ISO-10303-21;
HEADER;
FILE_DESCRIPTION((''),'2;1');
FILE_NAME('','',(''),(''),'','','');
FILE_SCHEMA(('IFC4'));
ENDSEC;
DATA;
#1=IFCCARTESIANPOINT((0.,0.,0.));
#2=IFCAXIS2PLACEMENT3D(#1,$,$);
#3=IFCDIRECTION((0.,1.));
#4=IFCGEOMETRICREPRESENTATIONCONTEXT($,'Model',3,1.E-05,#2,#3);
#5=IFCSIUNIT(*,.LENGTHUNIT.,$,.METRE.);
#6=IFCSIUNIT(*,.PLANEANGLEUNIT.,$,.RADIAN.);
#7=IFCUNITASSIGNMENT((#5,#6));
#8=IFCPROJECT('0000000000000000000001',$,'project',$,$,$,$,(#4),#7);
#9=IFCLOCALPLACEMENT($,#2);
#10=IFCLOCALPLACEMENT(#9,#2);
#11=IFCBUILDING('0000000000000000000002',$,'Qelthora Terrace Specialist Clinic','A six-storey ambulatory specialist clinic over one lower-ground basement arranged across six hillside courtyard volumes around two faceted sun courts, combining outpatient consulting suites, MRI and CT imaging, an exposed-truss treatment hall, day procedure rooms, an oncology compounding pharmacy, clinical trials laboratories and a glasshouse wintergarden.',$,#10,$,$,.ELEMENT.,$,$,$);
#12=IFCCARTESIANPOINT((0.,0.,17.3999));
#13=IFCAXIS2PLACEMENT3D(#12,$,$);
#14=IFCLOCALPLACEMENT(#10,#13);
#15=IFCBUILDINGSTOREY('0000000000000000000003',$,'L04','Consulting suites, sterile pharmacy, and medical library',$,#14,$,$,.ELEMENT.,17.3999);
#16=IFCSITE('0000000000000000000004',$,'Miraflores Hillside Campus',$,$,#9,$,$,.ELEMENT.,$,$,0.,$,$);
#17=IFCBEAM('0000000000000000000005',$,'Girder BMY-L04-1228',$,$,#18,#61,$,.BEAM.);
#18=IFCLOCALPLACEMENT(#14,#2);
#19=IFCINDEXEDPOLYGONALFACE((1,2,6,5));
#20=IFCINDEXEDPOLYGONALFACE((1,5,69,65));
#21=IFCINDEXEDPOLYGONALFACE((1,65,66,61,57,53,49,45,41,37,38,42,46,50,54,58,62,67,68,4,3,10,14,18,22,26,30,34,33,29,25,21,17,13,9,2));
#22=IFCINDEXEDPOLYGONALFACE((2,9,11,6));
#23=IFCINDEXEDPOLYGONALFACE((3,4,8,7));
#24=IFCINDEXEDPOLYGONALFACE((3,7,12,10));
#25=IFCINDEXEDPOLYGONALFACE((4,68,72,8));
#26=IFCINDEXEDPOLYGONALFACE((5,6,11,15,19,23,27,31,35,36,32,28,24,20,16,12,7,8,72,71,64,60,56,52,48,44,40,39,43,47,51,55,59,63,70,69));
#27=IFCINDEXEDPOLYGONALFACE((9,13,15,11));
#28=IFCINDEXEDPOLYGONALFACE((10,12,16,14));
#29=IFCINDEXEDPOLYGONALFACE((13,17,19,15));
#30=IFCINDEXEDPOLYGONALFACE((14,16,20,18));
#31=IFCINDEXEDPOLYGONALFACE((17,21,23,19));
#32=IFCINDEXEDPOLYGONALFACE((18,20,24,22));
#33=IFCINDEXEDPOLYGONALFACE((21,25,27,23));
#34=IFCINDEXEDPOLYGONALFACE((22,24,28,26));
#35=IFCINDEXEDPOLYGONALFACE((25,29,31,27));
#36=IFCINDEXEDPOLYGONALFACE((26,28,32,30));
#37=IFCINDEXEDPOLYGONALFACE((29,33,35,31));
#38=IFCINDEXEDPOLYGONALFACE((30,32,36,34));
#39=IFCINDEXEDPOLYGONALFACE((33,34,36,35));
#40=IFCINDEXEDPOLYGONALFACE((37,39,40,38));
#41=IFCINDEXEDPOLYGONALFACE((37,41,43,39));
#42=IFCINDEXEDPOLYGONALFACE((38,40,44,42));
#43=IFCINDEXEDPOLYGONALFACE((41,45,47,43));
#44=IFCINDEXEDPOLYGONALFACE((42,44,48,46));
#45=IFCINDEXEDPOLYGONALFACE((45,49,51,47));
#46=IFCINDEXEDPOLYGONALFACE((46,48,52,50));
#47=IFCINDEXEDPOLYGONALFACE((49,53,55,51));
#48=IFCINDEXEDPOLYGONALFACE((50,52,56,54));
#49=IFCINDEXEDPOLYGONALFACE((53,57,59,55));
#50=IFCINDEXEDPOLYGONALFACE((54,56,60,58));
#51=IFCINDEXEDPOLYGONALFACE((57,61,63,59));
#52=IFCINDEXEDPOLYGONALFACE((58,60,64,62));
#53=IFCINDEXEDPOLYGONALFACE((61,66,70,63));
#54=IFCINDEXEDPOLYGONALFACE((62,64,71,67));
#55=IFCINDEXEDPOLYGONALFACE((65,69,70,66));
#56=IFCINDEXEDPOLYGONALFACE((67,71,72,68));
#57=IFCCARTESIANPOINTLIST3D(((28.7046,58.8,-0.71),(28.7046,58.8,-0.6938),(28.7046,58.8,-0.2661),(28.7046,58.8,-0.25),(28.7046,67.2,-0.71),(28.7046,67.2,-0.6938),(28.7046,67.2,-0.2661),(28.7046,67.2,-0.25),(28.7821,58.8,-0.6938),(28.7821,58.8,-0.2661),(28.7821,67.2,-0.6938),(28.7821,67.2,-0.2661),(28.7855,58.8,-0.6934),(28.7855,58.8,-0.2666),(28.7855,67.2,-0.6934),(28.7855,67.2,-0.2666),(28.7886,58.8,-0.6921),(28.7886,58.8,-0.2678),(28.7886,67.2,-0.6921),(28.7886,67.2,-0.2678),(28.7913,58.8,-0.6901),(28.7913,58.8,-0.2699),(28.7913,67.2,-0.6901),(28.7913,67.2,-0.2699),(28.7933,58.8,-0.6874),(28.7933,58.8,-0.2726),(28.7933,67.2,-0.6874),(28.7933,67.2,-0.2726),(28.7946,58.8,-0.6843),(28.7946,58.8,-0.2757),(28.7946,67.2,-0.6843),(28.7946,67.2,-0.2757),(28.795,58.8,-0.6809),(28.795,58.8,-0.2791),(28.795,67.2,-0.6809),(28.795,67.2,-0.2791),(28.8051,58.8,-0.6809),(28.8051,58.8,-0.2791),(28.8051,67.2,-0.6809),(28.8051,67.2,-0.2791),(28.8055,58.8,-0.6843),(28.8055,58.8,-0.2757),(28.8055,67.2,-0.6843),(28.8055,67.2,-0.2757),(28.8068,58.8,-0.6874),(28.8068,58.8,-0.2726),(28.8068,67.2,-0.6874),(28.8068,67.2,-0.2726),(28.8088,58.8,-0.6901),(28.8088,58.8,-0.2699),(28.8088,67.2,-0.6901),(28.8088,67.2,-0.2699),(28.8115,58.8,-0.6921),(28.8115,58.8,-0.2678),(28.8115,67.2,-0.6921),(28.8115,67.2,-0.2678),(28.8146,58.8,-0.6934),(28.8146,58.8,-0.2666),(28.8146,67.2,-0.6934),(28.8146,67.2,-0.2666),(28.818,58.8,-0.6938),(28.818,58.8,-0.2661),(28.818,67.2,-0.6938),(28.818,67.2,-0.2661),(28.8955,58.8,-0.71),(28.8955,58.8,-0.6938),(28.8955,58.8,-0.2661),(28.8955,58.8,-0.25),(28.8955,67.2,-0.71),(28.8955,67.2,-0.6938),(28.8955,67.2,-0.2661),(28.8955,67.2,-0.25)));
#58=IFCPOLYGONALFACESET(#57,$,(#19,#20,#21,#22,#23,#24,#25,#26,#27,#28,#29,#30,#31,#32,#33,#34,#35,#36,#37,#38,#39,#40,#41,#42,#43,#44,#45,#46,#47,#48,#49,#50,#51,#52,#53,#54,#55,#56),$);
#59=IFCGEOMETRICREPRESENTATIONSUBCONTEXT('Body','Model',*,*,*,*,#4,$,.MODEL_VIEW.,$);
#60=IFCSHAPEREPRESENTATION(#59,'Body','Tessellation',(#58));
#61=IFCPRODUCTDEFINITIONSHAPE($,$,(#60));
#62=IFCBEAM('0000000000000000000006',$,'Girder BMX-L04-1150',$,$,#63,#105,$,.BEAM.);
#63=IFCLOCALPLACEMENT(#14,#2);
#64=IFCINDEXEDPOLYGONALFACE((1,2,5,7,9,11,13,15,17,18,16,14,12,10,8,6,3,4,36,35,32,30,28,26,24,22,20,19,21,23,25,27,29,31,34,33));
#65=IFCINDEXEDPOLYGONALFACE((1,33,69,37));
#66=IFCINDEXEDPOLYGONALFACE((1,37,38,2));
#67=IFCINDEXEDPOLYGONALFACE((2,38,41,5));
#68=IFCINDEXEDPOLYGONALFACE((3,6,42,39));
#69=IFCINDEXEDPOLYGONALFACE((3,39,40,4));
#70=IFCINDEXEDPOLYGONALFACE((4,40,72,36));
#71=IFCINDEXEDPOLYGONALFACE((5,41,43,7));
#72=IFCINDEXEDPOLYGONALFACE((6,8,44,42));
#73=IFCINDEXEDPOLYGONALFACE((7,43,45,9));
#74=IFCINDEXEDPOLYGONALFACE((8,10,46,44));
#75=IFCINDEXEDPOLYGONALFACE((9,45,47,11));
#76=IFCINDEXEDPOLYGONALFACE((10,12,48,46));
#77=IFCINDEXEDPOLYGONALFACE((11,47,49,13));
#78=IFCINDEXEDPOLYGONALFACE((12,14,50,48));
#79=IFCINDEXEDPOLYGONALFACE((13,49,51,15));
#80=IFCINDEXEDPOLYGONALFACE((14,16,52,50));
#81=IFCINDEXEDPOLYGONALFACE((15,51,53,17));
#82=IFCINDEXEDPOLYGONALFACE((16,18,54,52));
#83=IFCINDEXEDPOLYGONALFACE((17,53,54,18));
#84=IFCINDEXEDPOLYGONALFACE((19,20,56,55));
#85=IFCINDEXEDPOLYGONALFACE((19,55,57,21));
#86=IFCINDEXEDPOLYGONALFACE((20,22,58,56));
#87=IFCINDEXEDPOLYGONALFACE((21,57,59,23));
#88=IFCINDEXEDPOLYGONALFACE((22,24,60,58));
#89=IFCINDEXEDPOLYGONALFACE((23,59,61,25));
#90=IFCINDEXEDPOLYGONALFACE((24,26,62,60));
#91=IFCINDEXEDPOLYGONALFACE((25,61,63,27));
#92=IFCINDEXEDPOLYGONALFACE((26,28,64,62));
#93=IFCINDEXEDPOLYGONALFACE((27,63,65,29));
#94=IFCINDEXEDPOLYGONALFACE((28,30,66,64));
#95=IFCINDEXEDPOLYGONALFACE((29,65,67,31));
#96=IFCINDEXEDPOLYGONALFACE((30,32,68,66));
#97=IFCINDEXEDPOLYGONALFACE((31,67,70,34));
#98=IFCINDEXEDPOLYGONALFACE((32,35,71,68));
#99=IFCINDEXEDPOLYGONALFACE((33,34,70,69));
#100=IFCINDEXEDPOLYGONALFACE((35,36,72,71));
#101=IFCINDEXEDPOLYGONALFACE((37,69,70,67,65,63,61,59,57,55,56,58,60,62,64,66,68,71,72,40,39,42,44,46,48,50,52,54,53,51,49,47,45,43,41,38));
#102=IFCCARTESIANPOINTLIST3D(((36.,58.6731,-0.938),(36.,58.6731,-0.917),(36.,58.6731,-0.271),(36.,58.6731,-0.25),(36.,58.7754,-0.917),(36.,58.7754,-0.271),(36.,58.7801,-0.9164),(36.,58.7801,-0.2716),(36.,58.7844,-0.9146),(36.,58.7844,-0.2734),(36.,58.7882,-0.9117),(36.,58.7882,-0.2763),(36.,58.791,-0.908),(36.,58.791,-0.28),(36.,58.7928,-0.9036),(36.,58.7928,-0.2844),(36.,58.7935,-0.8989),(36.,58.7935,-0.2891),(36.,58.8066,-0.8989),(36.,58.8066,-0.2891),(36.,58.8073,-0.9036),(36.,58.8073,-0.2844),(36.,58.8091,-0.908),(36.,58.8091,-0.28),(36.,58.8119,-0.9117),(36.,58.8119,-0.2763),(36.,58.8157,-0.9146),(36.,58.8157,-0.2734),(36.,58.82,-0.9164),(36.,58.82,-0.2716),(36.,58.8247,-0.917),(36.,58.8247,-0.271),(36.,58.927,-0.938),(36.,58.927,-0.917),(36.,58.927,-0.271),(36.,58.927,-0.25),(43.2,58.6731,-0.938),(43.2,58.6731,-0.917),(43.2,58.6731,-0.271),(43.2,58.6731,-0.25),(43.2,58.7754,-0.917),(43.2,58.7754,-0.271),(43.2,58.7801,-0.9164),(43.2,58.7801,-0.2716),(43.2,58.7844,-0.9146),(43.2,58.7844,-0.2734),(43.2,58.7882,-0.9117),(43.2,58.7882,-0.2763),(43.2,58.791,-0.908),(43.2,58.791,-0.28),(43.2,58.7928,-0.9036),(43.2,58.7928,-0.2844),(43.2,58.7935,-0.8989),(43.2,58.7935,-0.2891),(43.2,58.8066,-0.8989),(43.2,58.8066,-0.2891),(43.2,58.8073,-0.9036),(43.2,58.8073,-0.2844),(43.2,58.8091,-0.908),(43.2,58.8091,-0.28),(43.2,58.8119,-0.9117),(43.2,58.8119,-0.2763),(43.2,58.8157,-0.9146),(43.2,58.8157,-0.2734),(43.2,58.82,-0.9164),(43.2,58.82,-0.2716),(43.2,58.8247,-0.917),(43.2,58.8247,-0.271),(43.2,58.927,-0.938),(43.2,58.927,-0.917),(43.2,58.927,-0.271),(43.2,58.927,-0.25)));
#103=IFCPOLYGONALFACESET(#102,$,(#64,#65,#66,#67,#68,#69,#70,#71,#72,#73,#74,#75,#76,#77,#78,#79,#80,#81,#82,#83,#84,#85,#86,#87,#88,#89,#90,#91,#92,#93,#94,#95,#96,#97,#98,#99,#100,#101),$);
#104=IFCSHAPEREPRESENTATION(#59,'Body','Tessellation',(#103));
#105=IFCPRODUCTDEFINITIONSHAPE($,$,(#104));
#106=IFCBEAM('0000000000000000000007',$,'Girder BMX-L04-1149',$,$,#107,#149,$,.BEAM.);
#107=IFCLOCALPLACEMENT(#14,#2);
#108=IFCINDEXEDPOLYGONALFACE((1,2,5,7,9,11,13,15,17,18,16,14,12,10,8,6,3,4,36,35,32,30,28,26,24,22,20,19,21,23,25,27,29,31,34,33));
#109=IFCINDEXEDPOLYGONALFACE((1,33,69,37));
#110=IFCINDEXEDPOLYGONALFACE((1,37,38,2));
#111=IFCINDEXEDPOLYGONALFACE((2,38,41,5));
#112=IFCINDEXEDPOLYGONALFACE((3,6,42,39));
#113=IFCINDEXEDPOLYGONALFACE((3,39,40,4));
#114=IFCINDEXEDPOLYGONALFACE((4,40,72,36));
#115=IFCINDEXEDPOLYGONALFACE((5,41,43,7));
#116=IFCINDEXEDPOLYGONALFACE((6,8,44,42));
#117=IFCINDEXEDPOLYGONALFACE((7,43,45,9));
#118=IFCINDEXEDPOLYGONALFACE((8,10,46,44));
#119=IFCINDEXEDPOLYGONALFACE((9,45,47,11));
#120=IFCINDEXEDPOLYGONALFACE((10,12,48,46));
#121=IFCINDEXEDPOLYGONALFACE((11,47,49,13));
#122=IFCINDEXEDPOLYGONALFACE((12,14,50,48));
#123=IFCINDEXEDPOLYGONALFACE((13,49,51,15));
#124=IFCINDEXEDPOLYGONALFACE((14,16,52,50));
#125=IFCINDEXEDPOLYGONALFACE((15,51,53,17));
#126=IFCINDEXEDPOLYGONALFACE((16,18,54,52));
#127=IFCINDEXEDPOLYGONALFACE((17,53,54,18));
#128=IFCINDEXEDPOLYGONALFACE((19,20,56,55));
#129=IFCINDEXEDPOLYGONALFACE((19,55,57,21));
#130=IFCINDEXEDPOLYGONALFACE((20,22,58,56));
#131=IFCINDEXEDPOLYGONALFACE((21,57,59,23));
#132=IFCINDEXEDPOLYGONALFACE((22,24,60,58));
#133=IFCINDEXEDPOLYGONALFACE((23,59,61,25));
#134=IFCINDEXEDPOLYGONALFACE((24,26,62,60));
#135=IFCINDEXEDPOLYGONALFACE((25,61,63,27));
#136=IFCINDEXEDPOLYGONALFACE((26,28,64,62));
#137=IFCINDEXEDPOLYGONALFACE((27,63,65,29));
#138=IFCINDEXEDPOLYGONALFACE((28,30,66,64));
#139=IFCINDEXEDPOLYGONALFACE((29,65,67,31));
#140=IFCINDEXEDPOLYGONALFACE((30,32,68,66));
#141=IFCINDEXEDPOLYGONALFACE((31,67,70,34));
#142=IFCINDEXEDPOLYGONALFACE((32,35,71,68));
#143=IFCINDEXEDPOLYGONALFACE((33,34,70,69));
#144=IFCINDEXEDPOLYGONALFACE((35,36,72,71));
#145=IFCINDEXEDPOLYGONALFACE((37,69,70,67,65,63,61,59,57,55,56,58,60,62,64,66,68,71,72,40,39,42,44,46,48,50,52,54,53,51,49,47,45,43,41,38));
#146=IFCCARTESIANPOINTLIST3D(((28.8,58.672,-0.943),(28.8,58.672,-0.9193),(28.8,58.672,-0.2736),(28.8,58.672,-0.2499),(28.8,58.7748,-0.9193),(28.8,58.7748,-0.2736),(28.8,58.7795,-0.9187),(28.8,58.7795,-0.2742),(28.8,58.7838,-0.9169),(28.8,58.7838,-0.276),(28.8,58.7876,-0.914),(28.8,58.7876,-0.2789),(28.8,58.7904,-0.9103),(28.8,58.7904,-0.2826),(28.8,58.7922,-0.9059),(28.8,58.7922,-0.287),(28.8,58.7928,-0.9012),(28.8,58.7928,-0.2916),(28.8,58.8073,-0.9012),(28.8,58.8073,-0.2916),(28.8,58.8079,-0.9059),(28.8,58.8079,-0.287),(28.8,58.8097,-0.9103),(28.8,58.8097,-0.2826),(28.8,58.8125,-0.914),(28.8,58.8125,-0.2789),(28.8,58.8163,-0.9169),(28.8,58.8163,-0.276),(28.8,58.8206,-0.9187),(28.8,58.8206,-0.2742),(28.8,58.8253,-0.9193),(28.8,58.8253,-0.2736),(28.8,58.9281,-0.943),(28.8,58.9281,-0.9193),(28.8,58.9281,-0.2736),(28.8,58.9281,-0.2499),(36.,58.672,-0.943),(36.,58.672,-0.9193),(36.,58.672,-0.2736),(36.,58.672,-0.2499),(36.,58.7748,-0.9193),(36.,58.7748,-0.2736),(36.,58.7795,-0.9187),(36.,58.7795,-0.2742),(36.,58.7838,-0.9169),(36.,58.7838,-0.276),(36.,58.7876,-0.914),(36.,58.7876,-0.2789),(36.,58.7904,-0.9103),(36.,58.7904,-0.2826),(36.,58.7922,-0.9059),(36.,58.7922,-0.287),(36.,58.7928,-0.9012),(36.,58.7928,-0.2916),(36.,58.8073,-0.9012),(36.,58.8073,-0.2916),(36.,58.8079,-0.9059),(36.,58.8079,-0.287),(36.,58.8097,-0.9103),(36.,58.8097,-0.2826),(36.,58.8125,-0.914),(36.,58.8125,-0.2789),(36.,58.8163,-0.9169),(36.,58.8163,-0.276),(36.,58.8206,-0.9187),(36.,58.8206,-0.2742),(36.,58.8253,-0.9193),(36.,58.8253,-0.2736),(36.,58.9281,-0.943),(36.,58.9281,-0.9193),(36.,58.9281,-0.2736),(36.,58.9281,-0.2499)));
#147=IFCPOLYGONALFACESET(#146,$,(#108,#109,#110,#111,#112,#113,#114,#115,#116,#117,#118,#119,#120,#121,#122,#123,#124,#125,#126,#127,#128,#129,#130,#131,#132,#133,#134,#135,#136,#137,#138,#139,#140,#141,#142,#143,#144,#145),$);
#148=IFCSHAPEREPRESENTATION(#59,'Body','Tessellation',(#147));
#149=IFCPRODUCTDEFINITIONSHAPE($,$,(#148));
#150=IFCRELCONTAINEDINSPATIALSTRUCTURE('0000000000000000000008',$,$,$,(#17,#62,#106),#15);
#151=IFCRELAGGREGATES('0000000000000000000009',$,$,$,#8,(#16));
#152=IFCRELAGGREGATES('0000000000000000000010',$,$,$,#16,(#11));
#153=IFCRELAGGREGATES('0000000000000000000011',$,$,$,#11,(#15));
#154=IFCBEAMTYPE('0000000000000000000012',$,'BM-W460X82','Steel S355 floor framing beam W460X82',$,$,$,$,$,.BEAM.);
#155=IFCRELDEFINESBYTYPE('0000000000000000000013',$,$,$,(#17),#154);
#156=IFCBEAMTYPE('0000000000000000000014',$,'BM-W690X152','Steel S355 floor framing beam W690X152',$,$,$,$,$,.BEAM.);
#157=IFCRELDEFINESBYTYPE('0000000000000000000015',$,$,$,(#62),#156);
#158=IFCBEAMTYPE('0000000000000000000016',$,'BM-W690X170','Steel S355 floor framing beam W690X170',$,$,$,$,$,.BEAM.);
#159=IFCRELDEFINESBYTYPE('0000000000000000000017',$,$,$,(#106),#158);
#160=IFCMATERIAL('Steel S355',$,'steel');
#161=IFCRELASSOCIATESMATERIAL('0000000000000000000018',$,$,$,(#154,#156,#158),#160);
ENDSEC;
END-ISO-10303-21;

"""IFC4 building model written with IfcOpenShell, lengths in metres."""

from ifc_helpers import new_model, si_unit, direction, frame, origin, origin_2d, place, context, subcontext, project, spatial, i_section, extrude, material, material_profile, profile_set, type_object, element, save


model = new_model("IFC4")

# Units and contexts
model_context = context("Model", 3, precision=1e-05, world=origin(), true_north=direction((0.0, 1.0)))
body_context = subcontext(model_context, "Body", "Model", "MODEL_VIEW")
ifc_project = project(units=[si_unit("LENGTHUNIT", "METRE"), si_unit("PLANEANGLEUNIT", "RADIAN")], contexts=[model_context])

# Site, building, storey
site_placement = place(None, origin())
site = spatial("IfcSite", under=ifc_project, at=site_placement, Name="Miraflores Hillside Campus", CompositionType="ELEMENT", RefElevation=0.0)
building_placement = place(site_placement, origin())
building = spatial("IfcBuilding", under=site, at=building_placement, Name="Qelthora Terrace Specialist Clinic", Description="A six-storey ambulatory specialist clinic over one lower-ground basement arranged across six hillside courtyard volumes around two faceted sun courts, combining outpatient consulting suites, MRI and CT imaging, an exposed-truss treatment hall, day procedure rooms, an oncology compounding pharmacy, clinical trials laboratories and a glasshouse wintergarden.", CompositionType="ELEMENT")
storey_placement = place(building_placement, frame((0.0, 0.0, 17.3999)))
storey = spatial("IfcBuildingStorey", under=building, at=storey_placement, Name="L04", Description="Consulting suites, sterile pharmacy, and medical library", CompositionType="ELEMENT", Elevation=17.3999)

# Shared definitions
ifc_material_1 = material(Name="Steel S355", Category="steel")

# Beams
ifc_material_profile_1 = material_profile(ifc_material_1, i_section(OverallWidth=0.1909, OverallDepth=0.46, WebThickness=0.01, FlangeThickness=0.0161, FilletRadius=0.0129, at=origin_2d()), Name="W460X82")
ifc_profile_set_1 = profile_set([ifc_material_profile_1], Name="Steel S355")
beam_type_1 = type_object("IfcBeamType", Name="BM-W460X82", Description="Steel S355 floor framing beam W460X82", PredefinedType="BEAM", material=ifc_profile_set_1)
beam_1_placement = place(storey_placement, frame((28.8, 58.8, -0.48), z_axis=(0.0, 1.0, 0.0), x_axis=(-1.0, 0.0, 0.0)))
element("IfcBeam", 1, at=beam_1_placement, inside=storey, type_object=beam_type_1, Name="Girder BMY-L04-1228", PredefinedType="BEAM", context=body_context, shape_type="SweptSolid", body=[
    extrude(i_section(OverallWidth=0.1909, OverallDepth=0.46, WebThickness=0.01, FlangeThickness=0.0161, FilletRadius=0.0129, at=origin_2d()), origin(), (0.0, 0.0, 1.0), 8.3999),
])
ifc_material_profile_2 = material_profile(ifc_material_1, i_section(OverallWidth=0.2539, OverallDepth=0.688, WebThickness=0.0132, FlangeThickness=0.021, FilletRadius=0.0181, at=origin_2d()), Name="W690X152")
ifc_profile_set_2 = profile_set([ifc_material_profile_2], Name="Steel S355")
beam_type_2 = type_object("IfcBeamType", Name="BM-W690X152", Description="Steel S355 floor framing beam W690X152", PredefinedType="BEAM", material=ifc_profile_set_2)
beam_2_placement = place(storey_placement, frame((36.0, 58.8, -0.594), z_axis=(1.0, 0.0, 0.0), x_axis=(0.0, 1.0, 0.0)))
element("IfcBeam", 2, at=beam_2_placement, inside=storey, type_object=beam_type_2, Name="Girder BMX-L04-1150", PredefinedType="BEAM", context=body_context, shape_type="SweptSolid", body=[
    extrude(i_section(OverallWidth=0.2539, OverallDepth=0.688, WebThickness=0.0132, FlangeThickness=0.021, FilletRadius=0.0181, at=origin_2d()), origin(), (0.0, 0.0, 1.0), 7.2),
])
ifc_material_profile_3 = material_profile(ifc_material_1, i_section(OverallWidth=0.2561, OverallDepth=0.6931, WebThickness=0.0144, FlangeThickness=0.0237, FilletRadius=0.0181, at=origin_2d()), Name="W690X170")
ifc_profile_set_3 = profile_set([ifc_material_profile_3], Name="Steel S355")
beam_type_3 = type_object("IfcBeamType", Name="BM-W690X170", Description="Steel S355 floor framing beam W690X170", PredefinedType="BEAM", material=ifc_profile_set_3)
beam_3_placement = place(storey_placement, frame((28.8, 58.8, -0.5964), z_axis=(1.0, 0.0, 0.0), x_axis=(0.0, 1.0, 0.0)))
element("IfcBeam", 3, at=beam_3_placement, inside=storey, type_object=beam_type_3, Name="Girder BMX-L04-1149", PredefinedType="BEAM", context=body_context, shape_type="SweptSolid", body=[
    extrude(i_section(OverallWidth=0.2561, OverallDepth=0.6931, WebThickness=0.0144, FlangeThickness=0.0237, FilletRadius=0.0181, at=origin_2d()), origin(), (0.0, 0.0, 1.0), 7.2),
])

save(model, "model.ifc")
